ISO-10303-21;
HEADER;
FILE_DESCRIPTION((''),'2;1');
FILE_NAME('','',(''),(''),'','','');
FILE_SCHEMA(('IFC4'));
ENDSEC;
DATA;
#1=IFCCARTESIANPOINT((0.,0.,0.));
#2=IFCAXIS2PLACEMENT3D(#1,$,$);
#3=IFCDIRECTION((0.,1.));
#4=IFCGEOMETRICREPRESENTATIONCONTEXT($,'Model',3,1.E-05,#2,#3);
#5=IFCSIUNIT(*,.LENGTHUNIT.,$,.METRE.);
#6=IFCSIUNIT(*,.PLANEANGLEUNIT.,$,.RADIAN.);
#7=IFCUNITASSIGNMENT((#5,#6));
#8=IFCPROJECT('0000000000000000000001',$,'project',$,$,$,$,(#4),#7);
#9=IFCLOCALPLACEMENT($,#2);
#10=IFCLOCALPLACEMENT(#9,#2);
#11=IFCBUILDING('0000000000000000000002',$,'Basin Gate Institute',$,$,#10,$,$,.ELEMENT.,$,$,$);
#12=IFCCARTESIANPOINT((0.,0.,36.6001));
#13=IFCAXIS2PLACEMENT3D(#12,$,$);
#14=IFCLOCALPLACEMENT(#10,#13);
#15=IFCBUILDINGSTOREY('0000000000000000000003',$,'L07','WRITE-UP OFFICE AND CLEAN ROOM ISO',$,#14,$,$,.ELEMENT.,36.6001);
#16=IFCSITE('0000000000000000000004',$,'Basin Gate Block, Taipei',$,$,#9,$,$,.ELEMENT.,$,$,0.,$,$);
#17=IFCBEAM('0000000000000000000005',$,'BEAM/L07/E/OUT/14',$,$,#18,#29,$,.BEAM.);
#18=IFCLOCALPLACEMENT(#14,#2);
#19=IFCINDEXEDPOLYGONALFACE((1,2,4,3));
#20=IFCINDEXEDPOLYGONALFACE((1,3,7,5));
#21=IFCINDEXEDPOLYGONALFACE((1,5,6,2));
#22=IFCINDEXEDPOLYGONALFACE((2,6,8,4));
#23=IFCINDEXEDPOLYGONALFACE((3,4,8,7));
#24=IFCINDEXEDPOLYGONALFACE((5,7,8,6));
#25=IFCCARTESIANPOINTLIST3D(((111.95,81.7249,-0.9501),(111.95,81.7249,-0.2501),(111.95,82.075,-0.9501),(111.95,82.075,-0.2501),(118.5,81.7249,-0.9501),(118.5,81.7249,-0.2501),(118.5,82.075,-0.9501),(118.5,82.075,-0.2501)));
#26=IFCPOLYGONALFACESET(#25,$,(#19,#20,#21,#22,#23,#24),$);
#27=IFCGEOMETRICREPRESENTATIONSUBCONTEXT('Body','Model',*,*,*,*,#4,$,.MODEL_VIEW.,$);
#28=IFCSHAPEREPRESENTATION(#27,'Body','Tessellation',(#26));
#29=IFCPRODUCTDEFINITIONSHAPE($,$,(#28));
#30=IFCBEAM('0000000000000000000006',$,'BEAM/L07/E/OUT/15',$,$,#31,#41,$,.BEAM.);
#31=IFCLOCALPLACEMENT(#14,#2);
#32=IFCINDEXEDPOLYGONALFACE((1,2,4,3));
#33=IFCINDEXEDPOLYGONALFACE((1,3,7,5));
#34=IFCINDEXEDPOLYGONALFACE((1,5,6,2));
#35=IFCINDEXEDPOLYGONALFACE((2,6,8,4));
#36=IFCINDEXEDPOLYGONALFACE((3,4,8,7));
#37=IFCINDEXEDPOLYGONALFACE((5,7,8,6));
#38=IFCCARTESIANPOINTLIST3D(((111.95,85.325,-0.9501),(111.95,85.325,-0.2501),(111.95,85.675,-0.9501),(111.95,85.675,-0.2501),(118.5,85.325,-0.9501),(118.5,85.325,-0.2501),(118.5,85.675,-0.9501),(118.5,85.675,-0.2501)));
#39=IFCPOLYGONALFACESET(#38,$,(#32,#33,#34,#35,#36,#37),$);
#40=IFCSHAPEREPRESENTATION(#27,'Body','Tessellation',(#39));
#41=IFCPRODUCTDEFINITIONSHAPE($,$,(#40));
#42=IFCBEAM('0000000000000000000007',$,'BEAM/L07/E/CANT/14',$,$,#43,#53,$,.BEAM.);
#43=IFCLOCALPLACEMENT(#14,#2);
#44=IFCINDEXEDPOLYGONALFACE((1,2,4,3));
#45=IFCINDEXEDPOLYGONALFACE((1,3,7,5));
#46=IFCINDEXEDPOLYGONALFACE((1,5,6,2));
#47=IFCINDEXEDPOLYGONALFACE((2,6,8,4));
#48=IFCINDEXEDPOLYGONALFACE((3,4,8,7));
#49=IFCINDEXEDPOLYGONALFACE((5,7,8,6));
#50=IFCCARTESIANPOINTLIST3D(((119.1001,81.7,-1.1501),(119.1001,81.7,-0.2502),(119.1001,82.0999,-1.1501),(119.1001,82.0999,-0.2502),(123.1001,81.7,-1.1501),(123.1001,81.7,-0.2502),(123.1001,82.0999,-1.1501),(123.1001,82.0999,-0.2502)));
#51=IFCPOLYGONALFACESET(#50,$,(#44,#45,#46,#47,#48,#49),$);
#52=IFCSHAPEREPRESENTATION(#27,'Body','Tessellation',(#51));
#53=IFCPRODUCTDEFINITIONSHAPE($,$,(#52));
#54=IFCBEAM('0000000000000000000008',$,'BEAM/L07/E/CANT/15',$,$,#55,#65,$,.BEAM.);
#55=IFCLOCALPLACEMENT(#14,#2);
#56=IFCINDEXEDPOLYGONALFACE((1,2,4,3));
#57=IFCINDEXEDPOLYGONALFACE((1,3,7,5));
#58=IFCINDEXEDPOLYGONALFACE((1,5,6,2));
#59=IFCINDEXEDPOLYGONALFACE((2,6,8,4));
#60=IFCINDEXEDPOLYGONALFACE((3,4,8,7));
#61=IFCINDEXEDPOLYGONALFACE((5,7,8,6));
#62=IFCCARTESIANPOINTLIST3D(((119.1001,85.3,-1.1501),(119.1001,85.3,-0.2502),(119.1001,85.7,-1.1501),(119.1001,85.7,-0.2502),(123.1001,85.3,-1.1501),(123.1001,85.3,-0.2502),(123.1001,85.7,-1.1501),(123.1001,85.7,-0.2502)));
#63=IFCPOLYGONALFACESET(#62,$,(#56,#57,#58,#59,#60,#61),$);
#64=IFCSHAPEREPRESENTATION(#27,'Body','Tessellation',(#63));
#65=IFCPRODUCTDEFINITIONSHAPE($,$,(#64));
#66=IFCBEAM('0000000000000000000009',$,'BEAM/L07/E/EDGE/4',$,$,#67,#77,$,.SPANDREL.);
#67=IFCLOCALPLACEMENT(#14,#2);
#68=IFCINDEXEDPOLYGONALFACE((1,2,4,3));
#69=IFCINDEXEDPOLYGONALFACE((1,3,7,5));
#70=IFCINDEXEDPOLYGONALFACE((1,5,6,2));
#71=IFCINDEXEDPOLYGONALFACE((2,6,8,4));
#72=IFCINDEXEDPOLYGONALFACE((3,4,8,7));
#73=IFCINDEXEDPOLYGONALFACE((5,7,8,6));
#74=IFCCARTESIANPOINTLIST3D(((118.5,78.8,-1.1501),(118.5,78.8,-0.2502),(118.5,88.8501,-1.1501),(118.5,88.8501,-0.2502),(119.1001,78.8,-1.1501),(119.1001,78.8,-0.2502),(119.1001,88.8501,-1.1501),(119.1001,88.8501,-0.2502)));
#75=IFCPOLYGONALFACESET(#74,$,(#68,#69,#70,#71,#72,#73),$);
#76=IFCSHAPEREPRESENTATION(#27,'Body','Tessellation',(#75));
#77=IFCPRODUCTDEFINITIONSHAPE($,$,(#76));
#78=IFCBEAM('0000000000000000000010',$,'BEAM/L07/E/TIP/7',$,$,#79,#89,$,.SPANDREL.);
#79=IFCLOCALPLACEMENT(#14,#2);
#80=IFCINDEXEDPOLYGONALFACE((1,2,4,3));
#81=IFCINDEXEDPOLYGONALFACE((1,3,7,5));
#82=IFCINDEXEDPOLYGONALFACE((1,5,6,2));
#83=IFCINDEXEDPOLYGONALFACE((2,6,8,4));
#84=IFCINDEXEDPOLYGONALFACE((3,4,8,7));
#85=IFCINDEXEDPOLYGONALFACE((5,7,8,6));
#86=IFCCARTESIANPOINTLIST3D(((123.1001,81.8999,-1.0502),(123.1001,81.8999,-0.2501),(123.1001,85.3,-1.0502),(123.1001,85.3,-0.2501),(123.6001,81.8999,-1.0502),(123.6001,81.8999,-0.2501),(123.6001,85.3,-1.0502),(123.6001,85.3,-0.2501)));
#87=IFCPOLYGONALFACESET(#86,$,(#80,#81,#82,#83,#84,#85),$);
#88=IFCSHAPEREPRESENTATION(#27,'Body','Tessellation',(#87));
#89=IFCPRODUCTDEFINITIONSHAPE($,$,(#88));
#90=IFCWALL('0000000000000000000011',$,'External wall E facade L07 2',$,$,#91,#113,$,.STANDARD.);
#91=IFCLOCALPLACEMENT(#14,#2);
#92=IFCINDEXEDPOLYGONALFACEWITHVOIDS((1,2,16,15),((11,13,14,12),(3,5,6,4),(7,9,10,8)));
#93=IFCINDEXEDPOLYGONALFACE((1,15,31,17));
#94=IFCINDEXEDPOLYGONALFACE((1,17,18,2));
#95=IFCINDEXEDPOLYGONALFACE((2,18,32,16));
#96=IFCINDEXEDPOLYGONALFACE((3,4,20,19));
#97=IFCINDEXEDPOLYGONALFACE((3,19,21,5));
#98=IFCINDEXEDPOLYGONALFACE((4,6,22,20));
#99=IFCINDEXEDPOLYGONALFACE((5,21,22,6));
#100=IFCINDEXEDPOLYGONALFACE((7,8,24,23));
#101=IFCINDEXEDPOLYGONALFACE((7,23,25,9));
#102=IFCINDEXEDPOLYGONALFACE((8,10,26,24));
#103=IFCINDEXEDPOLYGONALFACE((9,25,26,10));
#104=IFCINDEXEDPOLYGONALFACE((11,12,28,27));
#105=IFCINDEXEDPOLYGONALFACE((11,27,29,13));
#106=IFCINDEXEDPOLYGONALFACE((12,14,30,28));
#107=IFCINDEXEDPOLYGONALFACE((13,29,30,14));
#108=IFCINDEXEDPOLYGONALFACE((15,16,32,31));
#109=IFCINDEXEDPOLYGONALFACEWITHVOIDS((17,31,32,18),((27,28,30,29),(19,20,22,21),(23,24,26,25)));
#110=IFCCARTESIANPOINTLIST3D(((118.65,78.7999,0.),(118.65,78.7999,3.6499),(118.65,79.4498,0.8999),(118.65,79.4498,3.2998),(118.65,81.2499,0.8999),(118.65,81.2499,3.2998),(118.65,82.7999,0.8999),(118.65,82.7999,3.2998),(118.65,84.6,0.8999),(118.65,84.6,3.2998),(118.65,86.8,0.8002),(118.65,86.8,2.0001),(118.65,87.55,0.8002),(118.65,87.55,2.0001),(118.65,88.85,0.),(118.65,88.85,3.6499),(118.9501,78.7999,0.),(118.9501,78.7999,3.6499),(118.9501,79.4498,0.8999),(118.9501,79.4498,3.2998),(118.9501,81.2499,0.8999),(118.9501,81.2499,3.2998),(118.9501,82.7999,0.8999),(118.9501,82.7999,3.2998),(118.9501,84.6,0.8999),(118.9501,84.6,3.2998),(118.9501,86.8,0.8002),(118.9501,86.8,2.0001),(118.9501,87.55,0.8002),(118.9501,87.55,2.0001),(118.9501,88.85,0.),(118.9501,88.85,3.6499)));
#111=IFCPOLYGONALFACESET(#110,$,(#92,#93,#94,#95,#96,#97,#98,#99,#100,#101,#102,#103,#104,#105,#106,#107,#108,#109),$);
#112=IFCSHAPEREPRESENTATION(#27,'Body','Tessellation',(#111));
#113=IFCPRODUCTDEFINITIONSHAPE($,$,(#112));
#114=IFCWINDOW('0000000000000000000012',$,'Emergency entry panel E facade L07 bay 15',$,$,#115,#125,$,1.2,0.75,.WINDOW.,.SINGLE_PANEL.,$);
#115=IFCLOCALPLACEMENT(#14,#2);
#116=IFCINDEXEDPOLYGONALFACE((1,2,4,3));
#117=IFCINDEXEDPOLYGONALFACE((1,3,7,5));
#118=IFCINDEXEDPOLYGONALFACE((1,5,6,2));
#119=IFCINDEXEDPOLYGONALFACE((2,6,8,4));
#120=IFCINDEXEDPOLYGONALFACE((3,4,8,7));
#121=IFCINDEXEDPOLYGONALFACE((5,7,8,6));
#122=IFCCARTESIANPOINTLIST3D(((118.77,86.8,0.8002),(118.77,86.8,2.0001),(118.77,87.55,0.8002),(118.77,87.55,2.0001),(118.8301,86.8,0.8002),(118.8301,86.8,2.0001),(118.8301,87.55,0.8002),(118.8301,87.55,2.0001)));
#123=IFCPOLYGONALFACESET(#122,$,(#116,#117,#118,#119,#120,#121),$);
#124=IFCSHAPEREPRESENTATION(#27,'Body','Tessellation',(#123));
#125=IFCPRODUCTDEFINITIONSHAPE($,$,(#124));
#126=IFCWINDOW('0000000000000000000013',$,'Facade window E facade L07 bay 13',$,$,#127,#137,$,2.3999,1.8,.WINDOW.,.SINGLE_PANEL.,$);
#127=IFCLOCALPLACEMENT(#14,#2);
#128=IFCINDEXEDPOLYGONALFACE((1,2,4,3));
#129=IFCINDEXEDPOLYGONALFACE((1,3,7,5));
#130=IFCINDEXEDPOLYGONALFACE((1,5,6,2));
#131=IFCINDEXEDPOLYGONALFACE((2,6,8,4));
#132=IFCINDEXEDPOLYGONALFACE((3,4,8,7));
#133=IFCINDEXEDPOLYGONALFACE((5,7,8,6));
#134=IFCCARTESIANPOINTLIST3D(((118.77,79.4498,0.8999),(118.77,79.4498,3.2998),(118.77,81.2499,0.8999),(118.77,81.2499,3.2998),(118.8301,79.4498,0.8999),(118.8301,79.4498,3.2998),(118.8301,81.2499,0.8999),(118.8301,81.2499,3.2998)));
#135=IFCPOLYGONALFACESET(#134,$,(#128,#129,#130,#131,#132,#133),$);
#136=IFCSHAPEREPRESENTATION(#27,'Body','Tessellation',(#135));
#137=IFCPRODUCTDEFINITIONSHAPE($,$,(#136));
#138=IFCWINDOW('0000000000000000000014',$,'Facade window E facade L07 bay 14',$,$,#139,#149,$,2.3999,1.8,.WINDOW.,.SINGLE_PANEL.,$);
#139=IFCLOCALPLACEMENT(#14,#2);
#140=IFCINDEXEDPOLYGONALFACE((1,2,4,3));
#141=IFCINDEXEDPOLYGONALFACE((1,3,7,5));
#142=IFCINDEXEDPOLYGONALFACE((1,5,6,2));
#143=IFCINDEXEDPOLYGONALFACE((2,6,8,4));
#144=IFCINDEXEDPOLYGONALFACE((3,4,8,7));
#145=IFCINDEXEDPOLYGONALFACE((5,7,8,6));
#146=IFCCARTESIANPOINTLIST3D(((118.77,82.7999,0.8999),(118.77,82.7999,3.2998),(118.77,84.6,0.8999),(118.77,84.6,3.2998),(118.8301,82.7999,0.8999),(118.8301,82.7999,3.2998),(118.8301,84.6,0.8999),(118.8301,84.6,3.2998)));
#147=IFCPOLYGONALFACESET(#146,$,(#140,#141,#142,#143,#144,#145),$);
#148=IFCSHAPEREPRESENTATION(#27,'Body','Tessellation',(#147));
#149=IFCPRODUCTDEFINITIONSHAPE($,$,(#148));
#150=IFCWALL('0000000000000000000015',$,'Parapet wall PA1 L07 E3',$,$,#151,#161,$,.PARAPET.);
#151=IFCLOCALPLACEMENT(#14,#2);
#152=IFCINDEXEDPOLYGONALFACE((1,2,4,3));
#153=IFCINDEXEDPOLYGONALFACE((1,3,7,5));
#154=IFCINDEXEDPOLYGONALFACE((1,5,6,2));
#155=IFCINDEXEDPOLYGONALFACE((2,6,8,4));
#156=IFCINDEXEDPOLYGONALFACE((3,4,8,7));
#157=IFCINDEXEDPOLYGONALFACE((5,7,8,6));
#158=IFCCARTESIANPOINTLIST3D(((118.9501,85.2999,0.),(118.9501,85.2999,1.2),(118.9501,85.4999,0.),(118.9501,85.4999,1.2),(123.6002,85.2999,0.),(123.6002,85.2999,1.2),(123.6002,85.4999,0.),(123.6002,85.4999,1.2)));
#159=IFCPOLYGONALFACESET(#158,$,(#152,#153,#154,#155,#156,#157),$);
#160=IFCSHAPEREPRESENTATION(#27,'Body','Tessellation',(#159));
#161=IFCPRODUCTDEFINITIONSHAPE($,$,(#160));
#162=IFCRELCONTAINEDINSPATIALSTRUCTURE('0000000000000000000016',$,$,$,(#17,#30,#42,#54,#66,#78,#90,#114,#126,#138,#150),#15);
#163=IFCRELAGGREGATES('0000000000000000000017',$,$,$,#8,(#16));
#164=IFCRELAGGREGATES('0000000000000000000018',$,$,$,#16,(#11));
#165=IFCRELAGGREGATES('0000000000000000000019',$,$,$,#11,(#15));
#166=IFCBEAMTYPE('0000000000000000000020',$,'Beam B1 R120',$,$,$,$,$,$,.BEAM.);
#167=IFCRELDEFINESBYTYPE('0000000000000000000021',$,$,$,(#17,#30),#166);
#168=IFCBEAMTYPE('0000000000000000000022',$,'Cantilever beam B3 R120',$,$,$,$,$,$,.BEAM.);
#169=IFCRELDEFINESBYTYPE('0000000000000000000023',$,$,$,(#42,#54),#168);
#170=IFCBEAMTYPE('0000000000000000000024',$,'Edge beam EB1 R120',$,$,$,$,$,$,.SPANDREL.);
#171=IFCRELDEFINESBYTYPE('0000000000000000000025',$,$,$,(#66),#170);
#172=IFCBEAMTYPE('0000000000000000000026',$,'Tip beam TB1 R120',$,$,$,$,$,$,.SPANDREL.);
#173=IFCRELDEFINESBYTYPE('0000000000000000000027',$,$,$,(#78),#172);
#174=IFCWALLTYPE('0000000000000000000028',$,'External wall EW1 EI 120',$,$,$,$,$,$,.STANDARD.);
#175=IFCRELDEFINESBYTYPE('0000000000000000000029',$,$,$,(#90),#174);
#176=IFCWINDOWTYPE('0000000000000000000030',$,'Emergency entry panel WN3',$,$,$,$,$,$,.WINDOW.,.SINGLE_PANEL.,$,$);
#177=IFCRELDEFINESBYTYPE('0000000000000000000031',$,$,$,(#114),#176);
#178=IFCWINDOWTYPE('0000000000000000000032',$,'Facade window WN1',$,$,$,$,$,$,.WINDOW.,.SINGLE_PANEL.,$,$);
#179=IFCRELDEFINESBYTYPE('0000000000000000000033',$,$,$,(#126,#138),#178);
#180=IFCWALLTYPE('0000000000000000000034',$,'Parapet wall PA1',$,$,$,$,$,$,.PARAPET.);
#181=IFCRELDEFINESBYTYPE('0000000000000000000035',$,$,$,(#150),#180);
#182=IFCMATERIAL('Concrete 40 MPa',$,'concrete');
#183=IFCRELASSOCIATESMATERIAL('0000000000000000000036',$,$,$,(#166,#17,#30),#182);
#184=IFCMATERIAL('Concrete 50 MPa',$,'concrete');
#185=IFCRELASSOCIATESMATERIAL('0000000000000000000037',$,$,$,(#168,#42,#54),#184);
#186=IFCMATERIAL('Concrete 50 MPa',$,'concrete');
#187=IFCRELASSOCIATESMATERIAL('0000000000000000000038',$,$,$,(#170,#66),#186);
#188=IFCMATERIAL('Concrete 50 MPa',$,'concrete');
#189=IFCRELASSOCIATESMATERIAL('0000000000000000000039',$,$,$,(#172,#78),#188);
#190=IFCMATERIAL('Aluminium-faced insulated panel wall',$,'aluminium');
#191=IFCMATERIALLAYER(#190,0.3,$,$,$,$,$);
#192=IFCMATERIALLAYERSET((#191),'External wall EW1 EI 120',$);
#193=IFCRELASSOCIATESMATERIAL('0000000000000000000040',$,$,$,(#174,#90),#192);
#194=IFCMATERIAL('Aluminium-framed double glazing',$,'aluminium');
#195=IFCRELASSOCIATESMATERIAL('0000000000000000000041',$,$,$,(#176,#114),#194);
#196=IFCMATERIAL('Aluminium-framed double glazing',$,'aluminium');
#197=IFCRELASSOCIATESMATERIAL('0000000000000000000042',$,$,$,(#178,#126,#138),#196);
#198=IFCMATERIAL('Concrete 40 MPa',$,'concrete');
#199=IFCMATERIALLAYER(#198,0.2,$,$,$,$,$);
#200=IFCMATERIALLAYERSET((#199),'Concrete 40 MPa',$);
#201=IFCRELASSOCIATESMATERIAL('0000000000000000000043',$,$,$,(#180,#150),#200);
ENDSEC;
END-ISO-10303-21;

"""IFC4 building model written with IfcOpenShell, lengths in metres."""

from ifc_helpers import new_model, si_unit, direction, frame, frame_2d, origin, origin_2d, place, context, subcontext, project, spatial, rectangle, extrude, material, layer, layer_set, material_profile, profile_set, type_object, element, fill, save


model = new_model("IFC4")

# Units and contexts
model_context = context("Model", 3, precision=1e-05, world=origin(), true_north=direction((0.0, 1.0)))
body_context = subcontext(model_context, "Body", "Model", "MODEL_VIEW")
ifc_project = project(units=[si_unit("LENGTHUNIT", "METRE"), si_unit("PLANEANGLEUNIT", "RADIAN")], contexts=[model_context])

# Site, building, storey
site_placement = place(None, origin())
site = spatial("IfcSite", under=ifc_project, at=site_placement, Name="Basin Gate Block, Taipei", CompositionType="ELEMENT", RefElevation=0.0)
building_placement = place(site_placement, origin())
building = spatial("IfcBuilding", under=site, at=building_placement, Name="Basin Gate Institute", CompositionType="ELEMENT")
storey_placement = place(building_placement, frame((0.0, 0.0, 36.6001)))
storey = spatial("IfcBuildingStorey", under=building, at=storey_placement, Name="L07", Description="WRITE-UP OFFICE AND CLEAN ROOM ISO", CompositionType="ELEMENT", Elevation=36.6001)

# Beams
ifc_material_1 = material(Name="Concrete 40 MPa", Category="concrete")
ifc_material_profile_1 = material_profile(ifc_material_1, rectangle(XDim=0.3501, YDim=0.7, at=origin_2d()), Name="Beam B1 350 x 700")
ifc_profile_set_1 = profile_set([ifc_material_profile_1], Name="Concrete 40 MPa")
beam_type_1 = type_object("IfcBeamType", Name="Beam B1 R120", PredefinedType="BEAM", material=ifc_profile_set_1)
for number, where, z_axis, x_axis, name in (
    (1, (118.5, 81.8999, -0.6001), (-1.0, 0.0, 0.0), (0.0, -1.0, 0.0), "BEAM/L07/E/OUT/14"),
    (2, (118.5, 85.5, -0.6001), (-1.0, 0.0, 0.0), (0.0, -1.0, 0.0), "BEAM/L07/E/OUT/15"),
):
    element("IfcBeam", number, at=place(storey_placement, frame(where, z_axis=z_axis, x_axis=x_axis)), inside=storey, type_object=beam_type_1, material=ifc_profile_set_1, Name=name, PredefinedType="BEAM", context=body_context, shape_type="SweptSolid", body=[
        extrude(rectangle(XDim=0.3501, YDim=0.7, at=origin_2d()), origin(), (0.0, 0.0, 1.0), 6.55),
    ])
ifc_material_2 = material(Name="Concrete 50 MPa", Category="concrete")
ifc_material_profile_2 = material_profile(ifc_material_2, rectangle(XDim=0.3999, YDim=0.8999, at=origin_2d()), Name="Cantilever beam B3 400 x 900")
ifc_profile_set_2 = profile_set([ifc_material_profile_2], Name="Concrete 50 MPa")
beam_type_2 = type_object("IfcBeamType", Name="Cantilever beam B3 R120", PredefinedType="BEAM", material=ifc_profile_set_2)
for number, where, z_axis, x_axis, name in (
    (3, (123.1001, 81.8999, -0.7002), (-1.0, 0.0, 0.0), (0.0, -1.0, 0.0), "BEAM/L07/E/CANT/14"),
    (4, (123.1001, 85.5, -0.7002), (-1.0, 0.0, 0.0), (0.0, -1.0, 0.0), "BEAM/L07/E/CANT/15"),
):
    element("IfcBeam", number, at=place(storey_placement, frame(where, z_axis=z_axis, x_axis=x_axis)), inside=storey, type_object=beam_type_2, material=ifc_profile_set_2, Name=name, PredefinedType="BEAM", context=body_context, shape_type="SweptSolid", body=[
        extrude(rectangle(XDim=0.3999, YDim=0.8999, at=origin_2d()), origin(), (0.0, 0.0, 1.0), 4.0),
    ])
ifc_material_3 = material(Name="Concrete 50 MPa", Category="concrete")
ifc_material_profile_3 = material_profile(ifc_material_3, rectangle(XDim=0.6001, YDim=0.8999, at=origin_2d()), Name="Edge beam EB1 600 x 900")
ifc_profile_set_3 = profile_set([ifc_material_profile_3], Name="Concrete 50 MPa")
beam_type_3 = type_object("IfcBeamType", Name="Edge beam EB1 R120", PredefinedType="SPANDREL", material=ifc_profile_set_3)
beam_1_placement = place(storey_placement, frame((118.8, 78.8, -0.7002), z_axis=(0.0, 1.0, 0.0), x_axis=(-1.0, 0.0, 0.0)))
element("IfcBeam", 5, at=beam_1_placement, inside=storey, type_object=beam_type_3, material=ifc_profile_set_3, Name="BEAM/L07/E/EDGE/4", PredefinedType="SPANDREL", context=body_context, shape_type="SweptSolid", body=[
    extrude(rectangle(XDim=0.6001, YDim=0.8999, at=origin_2d()), origin(), (0.0, 0.0, 1.0), 10.05),
])
ifc_material_4 = material(Name="Concrete 50 MPa", Category="concrete")
ifc_material_profile_4 = material_profile(ifc_material_4, rectangle(XDim=0.5, YDim=0.8, at=origin_2d()), Name="Tip beam TB1 500 x 800")
ifc_profile_set_4 = profile_set([ifc_material_profile_4], Name="Concrete 50 MPa")
beam_type_4 = type_object("IfcBeamType", Name="Tip beam TB1 R120", PredefinedType="SPANDREL", material=ifc_profile_set_4)
beam_2_placement = place(storey_placement, frame((123.3501, 81.8999, -0.6501), z_axis=(0.0, 1.0, 0.0), x_axis=(-1.0, 0.0, 0.0)))
element("IfcBeam", 6, at=beam_2_placement, inside=storey, type_object=beam_type_4, material=ifc_profile_set_4, Name="BEAM/L07/E/TIP/7", PredefinedType="SPANDREL", context=body_context, shape_type="SweptSolid", body=[
    extrude(rectangle(XDim=0.5, YDim=0.8, at=origin_2d()), origin(), (0.0, 0.0, 1.0), 3.4001),
])

# Wall, openings, windows
ifc_material_5 = material(Name="Aluminium-faced insulated panel wall", Category="aluminium")
ifc_layer_1 = layer(ifc_material_5, 0.3)
ifc_layer_set_1 = layer_set([ifc_layer_1], Name="External wall EW1 EI 120")
wall_type_1 = type_object("IfcWallType", Name="External wall EW1 EI 120", PredefinedType="STANDARD", material=ifc_layer_set_1)
wall_1_placement = place(storey_placement, frame((118.8, 78.8, 0.0), z_axis=(0.0, 0.0, 1.0), x_axis=(0.0, 1.0, 0.0)))
wall_1 = element("IfcWall", 7, at=wall_1_placement, inside=storey, type_object=wall_type_1, material=ifc_layer_set_1, Name="External wall E facade L07 2", PredefinedType="STANDARD", context=body_context, shape_type="SweptSolid", body=[
    extrude(rectangle(XDim=10.05, YDim=0.3, at=frame_2d((5.0249, 0.0))), origin(), (0.0, 0.0, 1.0), 3.6499),
])
opening_1_placement = place(wall_1_placement, frame((0.6499, 0.0, 0.8999)))
opening_1 = element("IfcOpeningElement", 8, at=opening_1_placement, cuts=wall_1, PredefinedType="OPENING", context=body_context, shape_type="SweptSolid", body=[
    extrude(rectangle(XDim=1.8, YDim=2.3999, at=frame_2d((0.8999, 1.2))), frame((0.0, 0.1602, 0.0), z_axis=(0.0, -1.0, 0.0), x_axis=(1.0, 0.0, 0.0)), (0.0, 0.0, 1.0), 0.3201),
])
opening_2_placement = place(wall_1_placement, frame((4.0, 0.0, 0.8999)))
opening_2 = element("IfcOpeningElement", 9, at=opening_2_placement, cuts=wall_1, PredefinedType="OPENING", context=body_context, shape_type="SweptSolid", body=[
    extrude(rectangle(XDim=1.8, YDim=2.3999, at=frame_2d((0.8999, 1.2))), frame((0.0, 0.1602, 0.0), z_axis=(0.0, -1.0, 0.0), x_axis=(1.0, 0.0, 0.0)), (0.0, 0.0, 1.0), 0.3201),
])
opening_3_placement = place(wall_1_placement, frame((8.0, 0.0, 0.8)))
opening_3 = element("IfcOpeningElement", 10, at=opening_3_placement, cuts=wall_1, PredefinedType="OPENING", context=body_context, shape_type="SweptSolid", body=[
    extrude(rectangle(XDim=0.75, YDim=1.2, at=frame_2d((0.375, 0.6001))), frame((0.0, 0.1602, 0.0), z_axis=(0.0, -1.0, 0.0), x_axis=(1.0, 0.0, 0.0)), (0.0, 0.0, 1.0), 0.3201),
])
ifc_material_6 = material(Name="Aluminium-framed double glazing", Category="aluminium")
window_type_1 = type_object("IfcWindowType", Name="Emergency entry panel WN3", PartitioningType="SINGLE_PANEL", PredefinedType="WINDOW", material=ifc_material_6)
window_1_placement = place(opening_3_placement, origin())
window_1 = element("IfcWindow", 11, at=window_1_placement, inside=storey, type_object=window_type_1, material=ifc_material_6, Name="Emergency entry panel E facade L07 bay 15", OverallHeight=1.2, OverallWidth=0.75, PartitioningType="SINGLE_PANEL", PredefinedType="WINDOW", context=body_context, shape_type="SweptSolid", body=[
    extrude(rectangle(XDim=0.75, YDim=1.2, at=frame_2d((0.375, 0.6001))), frame((0.0, 0.03, 0.0), z_axis=(0.0, -1.0, 0.0), x_axis=(1.0, 0.0, 0.0)), (0.0, 0.0, 1.0), 0.0601),
])
fill(opening_3, window_1)
ifc_material_7 = material(Name="Aluminium-framed double glazing", Category="aluminium")
window_type_2 = type_object("IfcWindowType", Name="Facade window WN1", PartitioningType="SINGLE_PANEL", PredefinedType="WINDOW", material=ifc_material_7)
window_2_placement = place(opening_1_placement, origin())
window_2 = element("IfcWindow", 12, at=window_2_placement, inside=storey, type_object=window_type_2, material=ifc_material_7, Name="Facade window E facade L07 bay 13", OverallHeight=2.3999, OverallWidth=1.8, PartitioningType="SINGLE_PANEL", PredefinedType="WINDOW", context=body_context, shape_type="SweptSolid", body=[
    extrude(rectangle(XDim=1.8, YDim=2.3999, at=frame_2d((0.8999, 1.2))), frame((0.0, 0.03, 0.0), z_axis=(0.0, -1.0, 0.0), x_axis=(1.0, 0.0, 0.0)), (0.0, 0.0, 1.0), 0.0601),
])
fill(opening_1, window_2)
window_3_placement = place(opening_2_placement, origin())
window_3 = element("IfcWindow", 13, at=window_3_placement, inside=storey, type_object=window_type_2, material=ifc_material_7, Name="Facade window E facade L07 bay 14", OverallHeight=2.3999, OverallWidth=1.8, PartitioningType="SINGLE_PANEL", PredefinedType="WINDOW", context=body_context, shape_type="SweptSolid", body=[
    extrude(rectangle(XDim=1.8, YDim=2.3999, at=frame_2d((0.8999, 1.2))), frame((0.0, 0.03, 0.0), z_axis=(0.0, -1.0, 0.0), x_axis=(1.0, 0.0, 0.0)), (0.0, 0.0, 1.0), 0.0601),
])
fill(opening_2, window_3)

# Wall
ifc_material_8 = material(Name="Concrete 40 MPa", Category="concrete")
ifc_layer_2 = layer(ifc_material_8, 0.2)
ifc_layer_set_2 = layer_set([ifc_layer_2], Name="Concrete 40 MPa")
wall_type_2 = type_object("IfcWallType", Name="Parapet wall PA1", PredefinedType="PARAPET", material=ifc_layer_set_2)
wall_2_placement = place(storey_placement, frame((118.95, 85.3999, 0.0), z_axis=(0.0, 0.0, 1.0), x_axis=(1.0, 0.0, 0.0)))
element("IfcWall", 14, at=wall_2_placement, inside=storey, type_object=wall_type_2, material=ifc_layer_set_2, Name="Parapet wall PA1 L07 E3", PredefinedType="PARAPET", context=body_context, shape_type="SweptSolid", body=[
    extrude(rectangle(XDim=4.6501, YDim=0.2, at=frame_2d((2.3252, 0.0))), origin(), (0.0, 0.0, 1.0), 1.2),
])

save(model, "model.ifc")
